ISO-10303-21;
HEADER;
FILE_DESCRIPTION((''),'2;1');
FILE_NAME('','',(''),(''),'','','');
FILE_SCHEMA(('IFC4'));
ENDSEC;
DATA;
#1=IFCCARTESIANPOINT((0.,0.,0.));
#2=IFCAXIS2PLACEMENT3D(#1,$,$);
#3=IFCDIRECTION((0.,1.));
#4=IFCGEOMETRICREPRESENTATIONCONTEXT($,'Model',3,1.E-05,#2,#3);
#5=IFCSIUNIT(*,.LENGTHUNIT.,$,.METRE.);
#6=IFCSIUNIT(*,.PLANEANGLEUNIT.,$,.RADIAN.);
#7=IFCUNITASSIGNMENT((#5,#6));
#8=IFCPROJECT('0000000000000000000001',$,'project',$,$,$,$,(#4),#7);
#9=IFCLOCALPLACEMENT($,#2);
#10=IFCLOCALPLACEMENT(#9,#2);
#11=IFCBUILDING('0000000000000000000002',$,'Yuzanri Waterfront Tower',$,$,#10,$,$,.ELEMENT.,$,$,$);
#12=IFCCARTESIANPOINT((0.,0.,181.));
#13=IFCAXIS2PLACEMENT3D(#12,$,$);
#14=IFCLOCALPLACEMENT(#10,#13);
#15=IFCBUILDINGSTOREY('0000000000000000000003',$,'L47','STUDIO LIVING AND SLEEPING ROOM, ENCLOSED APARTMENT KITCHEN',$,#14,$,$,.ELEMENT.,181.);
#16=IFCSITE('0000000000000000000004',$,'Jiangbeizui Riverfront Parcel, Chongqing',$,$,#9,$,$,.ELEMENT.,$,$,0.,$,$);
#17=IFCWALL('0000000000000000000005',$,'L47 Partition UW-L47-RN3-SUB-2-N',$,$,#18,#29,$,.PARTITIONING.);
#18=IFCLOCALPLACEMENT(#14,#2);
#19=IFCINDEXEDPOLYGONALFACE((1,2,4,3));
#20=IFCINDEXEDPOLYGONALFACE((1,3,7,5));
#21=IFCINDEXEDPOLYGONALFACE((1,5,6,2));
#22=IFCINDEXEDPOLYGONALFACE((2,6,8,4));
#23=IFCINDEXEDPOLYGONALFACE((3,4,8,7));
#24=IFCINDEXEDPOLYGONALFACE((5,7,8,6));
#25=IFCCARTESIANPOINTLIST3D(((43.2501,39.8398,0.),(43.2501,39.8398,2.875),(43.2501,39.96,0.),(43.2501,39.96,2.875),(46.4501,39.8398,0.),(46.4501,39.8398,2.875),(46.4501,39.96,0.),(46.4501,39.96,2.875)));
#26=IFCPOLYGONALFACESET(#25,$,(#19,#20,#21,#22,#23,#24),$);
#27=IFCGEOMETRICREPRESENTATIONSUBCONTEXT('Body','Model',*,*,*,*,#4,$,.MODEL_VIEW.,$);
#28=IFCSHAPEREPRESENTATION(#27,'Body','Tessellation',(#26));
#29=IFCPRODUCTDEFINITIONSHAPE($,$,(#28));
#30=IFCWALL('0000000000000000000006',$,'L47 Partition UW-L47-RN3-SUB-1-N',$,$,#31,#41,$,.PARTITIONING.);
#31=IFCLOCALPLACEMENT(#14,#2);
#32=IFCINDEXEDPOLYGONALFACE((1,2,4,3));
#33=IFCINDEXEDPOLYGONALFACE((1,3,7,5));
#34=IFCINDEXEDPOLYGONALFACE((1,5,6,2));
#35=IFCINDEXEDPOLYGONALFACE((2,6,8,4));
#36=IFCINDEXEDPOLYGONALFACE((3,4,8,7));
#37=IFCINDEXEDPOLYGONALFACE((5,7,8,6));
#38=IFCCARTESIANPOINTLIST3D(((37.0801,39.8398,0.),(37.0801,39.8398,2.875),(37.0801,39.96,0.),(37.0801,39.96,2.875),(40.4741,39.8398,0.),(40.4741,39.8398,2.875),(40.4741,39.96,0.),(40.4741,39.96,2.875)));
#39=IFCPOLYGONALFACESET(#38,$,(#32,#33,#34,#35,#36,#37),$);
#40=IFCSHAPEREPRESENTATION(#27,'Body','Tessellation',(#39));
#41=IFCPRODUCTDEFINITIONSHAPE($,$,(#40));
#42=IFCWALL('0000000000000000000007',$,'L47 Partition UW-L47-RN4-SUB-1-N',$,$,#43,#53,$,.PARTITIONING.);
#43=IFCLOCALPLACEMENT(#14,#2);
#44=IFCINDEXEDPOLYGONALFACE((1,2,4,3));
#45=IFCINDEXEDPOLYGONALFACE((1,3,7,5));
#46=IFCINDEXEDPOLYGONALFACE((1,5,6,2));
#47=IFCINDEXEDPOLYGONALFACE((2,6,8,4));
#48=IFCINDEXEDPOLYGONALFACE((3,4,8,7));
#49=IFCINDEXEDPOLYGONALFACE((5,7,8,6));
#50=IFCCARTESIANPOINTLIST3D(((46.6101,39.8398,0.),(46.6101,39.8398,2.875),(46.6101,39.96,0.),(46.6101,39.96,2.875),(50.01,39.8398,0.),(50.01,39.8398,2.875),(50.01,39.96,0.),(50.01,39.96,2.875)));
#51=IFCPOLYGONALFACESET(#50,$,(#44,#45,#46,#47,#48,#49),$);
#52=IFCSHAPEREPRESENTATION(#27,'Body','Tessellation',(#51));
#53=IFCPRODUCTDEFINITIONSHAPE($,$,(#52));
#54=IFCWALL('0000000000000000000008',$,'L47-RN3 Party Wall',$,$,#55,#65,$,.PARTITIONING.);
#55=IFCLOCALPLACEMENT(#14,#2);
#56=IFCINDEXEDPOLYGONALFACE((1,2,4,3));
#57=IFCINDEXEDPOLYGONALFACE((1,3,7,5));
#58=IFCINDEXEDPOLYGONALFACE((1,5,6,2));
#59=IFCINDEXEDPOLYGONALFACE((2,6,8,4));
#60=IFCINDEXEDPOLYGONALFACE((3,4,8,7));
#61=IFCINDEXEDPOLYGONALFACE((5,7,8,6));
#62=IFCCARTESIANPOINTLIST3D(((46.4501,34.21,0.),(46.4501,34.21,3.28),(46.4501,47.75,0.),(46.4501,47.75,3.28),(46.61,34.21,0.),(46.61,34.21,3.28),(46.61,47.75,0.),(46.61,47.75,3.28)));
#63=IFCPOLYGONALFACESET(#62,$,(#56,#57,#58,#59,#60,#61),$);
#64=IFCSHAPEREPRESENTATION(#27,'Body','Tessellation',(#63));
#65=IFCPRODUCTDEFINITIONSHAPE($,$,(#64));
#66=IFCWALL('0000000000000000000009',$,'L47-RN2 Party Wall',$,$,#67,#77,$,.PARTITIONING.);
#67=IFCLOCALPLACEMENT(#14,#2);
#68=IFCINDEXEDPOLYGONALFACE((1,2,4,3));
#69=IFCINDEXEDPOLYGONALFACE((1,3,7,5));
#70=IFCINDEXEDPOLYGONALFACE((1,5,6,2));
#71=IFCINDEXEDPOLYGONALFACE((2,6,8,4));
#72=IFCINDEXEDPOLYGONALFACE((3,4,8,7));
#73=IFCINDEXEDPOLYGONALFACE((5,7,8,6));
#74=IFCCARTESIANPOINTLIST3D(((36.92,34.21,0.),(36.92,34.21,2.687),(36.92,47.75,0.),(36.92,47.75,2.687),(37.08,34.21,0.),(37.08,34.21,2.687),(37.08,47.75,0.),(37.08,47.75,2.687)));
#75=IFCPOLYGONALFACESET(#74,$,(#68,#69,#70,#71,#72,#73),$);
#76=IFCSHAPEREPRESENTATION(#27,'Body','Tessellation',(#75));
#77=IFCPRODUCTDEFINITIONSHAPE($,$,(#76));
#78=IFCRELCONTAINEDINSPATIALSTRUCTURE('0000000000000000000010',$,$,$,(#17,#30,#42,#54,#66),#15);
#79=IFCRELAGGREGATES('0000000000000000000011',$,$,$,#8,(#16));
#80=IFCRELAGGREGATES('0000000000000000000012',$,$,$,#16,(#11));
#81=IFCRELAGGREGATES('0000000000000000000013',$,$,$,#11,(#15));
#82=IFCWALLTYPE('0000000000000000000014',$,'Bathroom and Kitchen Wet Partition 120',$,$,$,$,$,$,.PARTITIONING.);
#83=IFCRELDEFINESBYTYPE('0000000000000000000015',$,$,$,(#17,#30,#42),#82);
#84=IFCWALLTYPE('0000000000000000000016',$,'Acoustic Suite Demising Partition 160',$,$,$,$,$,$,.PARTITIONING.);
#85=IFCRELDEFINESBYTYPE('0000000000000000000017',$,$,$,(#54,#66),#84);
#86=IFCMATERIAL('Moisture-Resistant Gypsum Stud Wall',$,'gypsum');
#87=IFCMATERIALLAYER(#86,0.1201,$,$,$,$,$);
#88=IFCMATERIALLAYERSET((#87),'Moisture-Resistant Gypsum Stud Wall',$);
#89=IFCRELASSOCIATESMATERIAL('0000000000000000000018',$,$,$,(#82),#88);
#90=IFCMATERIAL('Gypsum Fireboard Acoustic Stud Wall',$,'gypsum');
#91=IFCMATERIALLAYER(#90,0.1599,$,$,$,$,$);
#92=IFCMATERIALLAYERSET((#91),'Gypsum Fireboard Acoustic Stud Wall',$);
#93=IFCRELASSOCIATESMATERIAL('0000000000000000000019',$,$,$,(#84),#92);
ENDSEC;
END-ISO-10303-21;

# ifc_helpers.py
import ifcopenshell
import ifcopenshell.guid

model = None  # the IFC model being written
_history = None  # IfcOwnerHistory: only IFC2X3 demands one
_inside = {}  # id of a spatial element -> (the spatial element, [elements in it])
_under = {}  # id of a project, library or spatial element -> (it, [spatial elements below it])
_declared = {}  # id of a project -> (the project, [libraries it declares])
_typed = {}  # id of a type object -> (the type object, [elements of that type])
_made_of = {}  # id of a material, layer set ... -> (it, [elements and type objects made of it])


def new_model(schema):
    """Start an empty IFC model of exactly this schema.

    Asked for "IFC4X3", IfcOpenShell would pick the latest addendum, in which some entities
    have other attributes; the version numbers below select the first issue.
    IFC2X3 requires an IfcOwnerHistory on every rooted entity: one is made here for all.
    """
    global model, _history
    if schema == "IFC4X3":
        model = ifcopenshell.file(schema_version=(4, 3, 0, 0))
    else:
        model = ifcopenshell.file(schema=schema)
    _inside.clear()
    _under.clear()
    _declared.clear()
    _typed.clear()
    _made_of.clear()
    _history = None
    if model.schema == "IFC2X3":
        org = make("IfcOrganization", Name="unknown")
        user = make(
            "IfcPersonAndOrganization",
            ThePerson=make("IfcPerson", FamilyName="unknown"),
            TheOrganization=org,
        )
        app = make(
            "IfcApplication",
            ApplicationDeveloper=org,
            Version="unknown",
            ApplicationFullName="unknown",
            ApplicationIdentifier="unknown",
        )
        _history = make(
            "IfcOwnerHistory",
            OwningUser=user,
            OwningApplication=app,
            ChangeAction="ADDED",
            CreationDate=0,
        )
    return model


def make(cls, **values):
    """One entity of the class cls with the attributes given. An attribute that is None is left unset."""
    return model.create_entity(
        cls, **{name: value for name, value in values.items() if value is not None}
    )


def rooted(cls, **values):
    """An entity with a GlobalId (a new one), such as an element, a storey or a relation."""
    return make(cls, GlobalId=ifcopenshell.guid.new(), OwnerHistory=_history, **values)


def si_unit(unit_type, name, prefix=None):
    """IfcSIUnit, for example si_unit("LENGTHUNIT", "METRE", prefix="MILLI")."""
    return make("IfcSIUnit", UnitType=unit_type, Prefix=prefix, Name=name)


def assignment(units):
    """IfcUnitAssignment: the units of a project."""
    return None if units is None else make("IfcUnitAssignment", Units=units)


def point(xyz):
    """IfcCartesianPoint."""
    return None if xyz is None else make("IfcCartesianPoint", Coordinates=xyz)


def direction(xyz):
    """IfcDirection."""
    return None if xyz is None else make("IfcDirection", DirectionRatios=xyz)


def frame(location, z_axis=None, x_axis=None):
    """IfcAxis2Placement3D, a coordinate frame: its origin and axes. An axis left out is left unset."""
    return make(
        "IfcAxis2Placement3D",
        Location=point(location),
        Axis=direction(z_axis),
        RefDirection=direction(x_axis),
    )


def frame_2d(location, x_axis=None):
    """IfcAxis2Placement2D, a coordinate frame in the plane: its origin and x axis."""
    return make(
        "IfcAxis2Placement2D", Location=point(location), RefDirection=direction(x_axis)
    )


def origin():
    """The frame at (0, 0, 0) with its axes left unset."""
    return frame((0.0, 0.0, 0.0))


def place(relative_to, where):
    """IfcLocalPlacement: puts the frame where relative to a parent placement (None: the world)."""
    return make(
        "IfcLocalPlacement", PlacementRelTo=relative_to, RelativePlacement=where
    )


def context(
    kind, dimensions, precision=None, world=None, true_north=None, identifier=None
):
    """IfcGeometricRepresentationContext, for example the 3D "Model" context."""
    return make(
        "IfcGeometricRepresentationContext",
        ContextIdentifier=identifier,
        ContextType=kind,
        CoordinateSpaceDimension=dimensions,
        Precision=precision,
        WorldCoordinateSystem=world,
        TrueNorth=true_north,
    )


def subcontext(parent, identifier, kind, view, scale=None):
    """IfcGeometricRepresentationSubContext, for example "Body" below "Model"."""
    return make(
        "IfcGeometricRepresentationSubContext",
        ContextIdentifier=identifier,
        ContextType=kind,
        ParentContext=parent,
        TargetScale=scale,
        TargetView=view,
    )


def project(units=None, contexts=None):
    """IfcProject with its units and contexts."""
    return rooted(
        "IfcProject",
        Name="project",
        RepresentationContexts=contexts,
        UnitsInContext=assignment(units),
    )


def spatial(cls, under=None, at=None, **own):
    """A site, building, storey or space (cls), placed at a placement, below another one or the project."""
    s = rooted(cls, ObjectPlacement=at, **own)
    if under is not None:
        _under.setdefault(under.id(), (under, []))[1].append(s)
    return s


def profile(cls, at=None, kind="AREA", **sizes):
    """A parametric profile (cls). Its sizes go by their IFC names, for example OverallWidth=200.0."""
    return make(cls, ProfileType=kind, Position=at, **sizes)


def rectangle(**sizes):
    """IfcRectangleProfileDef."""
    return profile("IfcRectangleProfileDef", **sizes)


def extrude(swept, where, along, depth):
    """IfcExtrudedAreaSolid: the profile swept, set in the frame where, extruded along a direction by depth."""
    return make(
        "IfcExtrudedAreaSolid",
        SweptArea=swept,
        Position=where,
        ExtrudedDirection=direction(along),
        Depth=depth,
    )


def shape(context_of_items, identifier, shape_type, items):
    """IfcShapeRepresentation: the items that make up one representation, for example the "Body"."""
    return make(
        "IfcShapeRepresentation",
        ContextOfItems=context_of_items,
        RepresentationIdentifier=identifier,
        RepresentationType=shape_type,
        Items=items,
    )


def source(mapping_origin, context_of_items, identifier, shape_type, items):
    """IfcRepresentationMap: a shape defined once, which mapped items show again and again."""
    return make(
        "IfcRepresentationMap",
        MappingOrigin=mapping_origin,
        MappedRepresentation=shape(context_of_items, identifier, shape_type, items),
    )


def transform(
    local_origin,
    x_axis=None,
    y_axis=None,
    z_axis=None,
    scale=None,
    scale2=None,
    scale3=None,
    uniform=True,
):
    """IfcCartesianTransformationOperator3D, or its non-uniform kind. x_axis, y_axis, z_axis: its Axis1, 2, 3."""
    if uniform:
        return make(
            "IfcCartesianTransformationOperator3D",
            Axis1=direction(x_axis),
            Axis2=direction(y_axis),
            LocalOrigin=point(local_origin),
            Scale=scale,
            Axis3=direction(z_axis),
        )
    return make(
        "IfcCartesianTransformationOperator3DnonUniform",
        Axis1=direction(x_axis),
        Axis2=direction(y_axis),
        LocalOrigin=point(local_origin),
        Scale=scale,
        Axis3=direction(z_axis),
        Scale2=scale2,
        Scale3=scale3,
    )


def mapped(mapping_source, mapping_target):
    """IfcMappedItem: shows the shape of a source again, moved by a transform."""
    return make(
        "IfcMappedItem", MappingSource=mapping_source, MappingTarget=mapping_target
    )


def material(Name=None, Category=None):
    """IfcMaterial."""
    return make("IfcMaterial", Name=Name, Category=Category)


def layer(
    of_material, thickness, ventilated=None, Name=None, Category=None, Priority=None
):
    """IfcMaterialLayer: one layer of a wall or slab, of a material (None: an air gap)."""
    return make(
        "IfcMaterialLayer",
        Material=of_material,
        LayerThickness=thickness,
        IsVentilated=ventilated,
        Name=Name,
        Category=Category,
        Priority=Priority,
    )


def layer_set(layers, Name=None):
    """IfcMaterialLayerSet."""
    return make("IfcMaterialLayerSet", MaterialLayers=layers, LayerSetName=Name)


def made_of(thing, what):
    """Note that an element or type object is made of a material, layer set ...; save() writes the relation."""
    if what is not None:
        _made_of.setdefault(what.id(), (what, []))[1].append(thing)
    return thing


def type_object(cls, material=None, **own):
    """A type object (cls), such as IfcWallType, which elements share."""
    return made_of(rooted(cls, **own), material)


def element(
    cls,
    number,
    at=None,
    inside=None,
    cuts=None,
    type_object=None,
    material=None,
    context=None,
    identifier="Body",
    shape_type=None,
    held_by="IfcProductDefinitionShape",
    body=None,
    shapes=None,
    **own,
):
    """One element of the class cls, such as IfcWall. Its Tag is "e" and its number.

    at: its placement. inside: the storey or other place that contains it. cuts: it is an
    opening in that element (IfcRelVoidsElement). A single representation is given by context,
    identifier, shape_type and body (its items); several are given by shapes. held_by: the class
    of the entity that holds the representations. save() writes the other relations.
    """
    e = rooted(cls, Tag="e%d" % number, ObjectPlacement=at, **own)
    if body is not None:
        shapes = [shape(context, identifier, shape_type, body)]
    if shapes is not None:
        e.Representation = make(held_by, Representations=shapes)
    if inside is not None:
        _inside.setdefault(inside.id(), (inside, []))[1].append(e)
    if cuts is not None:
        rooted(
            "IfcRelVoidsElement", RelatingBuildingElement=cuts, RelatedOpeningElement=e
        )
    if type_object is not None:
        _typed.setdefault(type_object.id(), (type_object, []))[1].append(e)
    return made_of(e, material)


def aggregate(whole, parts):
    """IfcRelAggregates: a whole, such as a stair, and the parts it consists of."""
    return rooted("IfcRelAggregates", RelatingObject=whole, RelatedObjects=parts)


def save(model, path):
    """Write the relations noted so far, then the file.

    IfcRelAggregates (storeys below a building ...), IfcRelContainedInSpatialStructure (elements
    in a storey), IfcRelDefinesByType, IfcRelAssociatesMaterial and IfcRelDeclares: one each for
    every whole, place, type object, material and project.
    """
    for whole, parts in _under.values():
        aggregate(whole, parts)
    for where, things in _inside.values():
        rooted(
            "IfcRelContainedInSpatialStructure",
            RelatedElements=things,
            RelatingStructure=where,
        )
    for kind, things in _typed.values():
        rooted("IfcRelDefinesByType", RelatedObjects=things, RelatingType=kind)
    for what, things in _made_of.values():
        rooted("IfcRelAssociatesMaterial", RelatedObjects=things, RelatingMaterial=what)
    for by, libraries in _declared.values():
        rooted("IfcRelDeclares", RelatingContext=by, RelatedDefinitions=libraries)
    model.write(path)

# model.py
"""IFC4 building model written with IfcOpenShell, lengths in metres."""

from ifc_helpers import new_model, si_unit, direction, frame, frame_2d, origin, place, context, subcontext, project, spatial, rectangle, extrude, source, transform, mapped, material, layer, layer_set, type_object, element, save


model = new_model("IFC4")

# Units and contexts
model_context = context("Model", 3, precision=1e-05, world=origin(), true_north=direction((0.0, 1.0)))
body_context = subcontext(model_context, "Body", "Model", "MODEL_VIEW")
ifc_project = project(units=[si_unit("LENGTHUNIT", "METRE"), si_unit("PLANEANGLEUNIT", "RADIAN")], contexts=[model_context])

# Site, building, storey
site_placement = place(None, origin())
site = spatial("IfcSite", under=ifc_project, at=site_placement, Name="Jiangbeizui Riverfront Parcel, Chongqing", CompositionType="ELEMENT", RefElevation=0.0)
building_placement = place(site_placement, origin())
building = spatial("IfcBuilding", under=site, at=building_placement, Name="Yuzanri Waterfront Tower", CompositionType="ELEMENT")
storey_placement = place(building_placement, frame((0.0, 0.0, 181.0)))
storey = spatial("IfcBuildingStorey", under=building, at=storey_placement, Name="L47", Description="STUDIO LIVING AND SLEEPING ROOM, ENCLOSED APARTMENT KITCHEN", CompositionType="ELEMENT", Elevation=181.0)

# Shared definitions
ifc_material_1 = material(Name="Moisture-Resistant Gypsum Stud Wall", Category="gypsum")
ifc_layer_1 = layer(ifc_material_1, 0.1201)
ifc_layer_set_1 = layer_set([ifc_layer_1], Name="Moisture-Resistant Gypsum Stud Wall")
wall_type_1 = type_object("IfcWallType", Name="Bathroom and Kitchen Wet Partition 120", PredefinedType="PARTITIONING", material=ifc_layer_set_1)

# Walls
shared_shape_1 = source(origin(), body_context, "Body", "SweptSolid", [
    extrude(rectangle(XDim=3.2, YDim=0.1201, at=frame_2d((1.6001, 0.0))), origin(), (0.0, 0.0, 1.0), 2.875),
])
wall_1_placement = place(storey_placement, frame((43.25, 39.8999, 0.0), z_axis=(0.0, 0.0, 1.0), x_axis=(1.0, 0.0, 0.0)))
element("IfcWall", 1, at=wall_1_placement, inside=storey, type_object=wall_type_1, Name="L47 Partition UW-L47-RN3-SUB-2-N", PredefinedType="PARTITIONING", context=body_context, shape_type="MappedRepresentation", body=[
    mapped(shared_shape_1, transform((0.0, 0.0, 0.0), scale=1.0)),
])
shared_shape_2 = source(origin(), body_context, "Body", "SweptSolid", [
    extrude(rectangle(XDim=3.394, YDim=0.1201, at=frame_2d((1.697, 0.0))), origin(), (0.0, 0.0, 1.0), 2.875),
])
wall_2_placement = place(storey_placement, frame((37.0801, 39.8999, 0.0), z_axis=(0.0, 0.0, 1.0), x_axis=(1.0, 0.0, 0.0)))
element("IfcWall", 2, at=wall_2_placement, inside=storey, type_object=wall_type_1, Name="L47 Partition UW-L47-RN3-SUB-1-N", PredefinedType="PARTITIONING", context=body_context, shape_type="MappedRepresentation", body=[
    mapped(shared_shape_2, transform((0.0, 0.0, 0.0), scale=1.0)),
])
shared_shape_3 = source(origin(), body_context, "Body", "SweptSolid", [
    extrude(rectangle(XDim=3.3999, YDim=0.1201, at=frame_2d((1.7, 0.0))), origin(), (0.0, 0.0, 1.0), 2.875),
])
wall_3_placement = place(storey_placement, frame((46.6101, 39.8999, 0.0), z_axis=(0.0, 0.0, 1.0), x_axis=(1.0, 0.0, 0.0)))
element("IfcWall", 3, at=wall_3_placement, inside=storey, type_object=wall_type_1, Name="L47 Partition UW-L47-RN4-SUB-1-N", PredefinedType="PARTITIONING", context=body_context, shape_type="MappedRepresentation", body=[
    mapped(shared_shape_3, transform((0.0, 0.0, 0.0), scale=1.0)),
])
ifc_material_2 = material(Name="Gypsum Fireboard Acoustic Stud Wall", Category="gypsum")
ifc_layer_2 = layer(ifc_material_2, 0.1599)
ifc_layer_set_2 = layer_set([ifc_layer_2], Name="Gypsum Fireboard Acoustic Stud Wall")
wall_type_2 = type_object("IfcWallType", Name="Acoustic Suite Demising Partition 160", PredefinedType="PARTITIONING", material=ifc_layer_set_2)
shared_shape_4 = source(origin(), body_context, "Body", "SweptSolid", [
    extrude(rectangle(XDim=13.54, YDim=0.1599, at=frame_2d((6.77, 0.0))), origin(), (0.0, 0.0, 1.0), 3.28),
])
wall_4_placement = place(storey_placement, frame((46.53, 34.21, 0.0), z_axis=(0.0, 0.0, 1.0), x_axis=(0.0, 1.0, 0.0)))
element("IfcWall", 4, at=wall_4_placement, inside=storey, type_object=wall_type_2, Name="L47-RN3 Party Wall", PredefinedType="PARTITIONING", context=body_context, shape_type="MappedRepresentation", body=[
    mapped(shared_shape_4, transform((0.0, 0.0, 0.0), scale=1.0)),
])
shared_shape_5 = source(origin(), body_context, "Body", "SweptSolid", [
    extrude(rectangle(XDim=13.54, YDim=0.1599, at=frame_2d((6.77, 0.0))), origin(), (0.0, 0.0, 1.0), 2.687),
])
wall_5_placement = place(storey_placement, frame((37.0, 34.21, 0.0), z_axis=(0.0, 0.0, 1.0), x_axis=(0.0, 1.0, 0.0)))
element("IfcWall", 5, at=wall_5_placement, inside=storey, type_object=wall_type_2, Name="L47-RN2 Party Wall", PredefinedType="PARTITIONING", context=body_context, shape_type="MappedRepresentation", body=[
    mapped(shared_shape_5, transform((0.0, 0.0, 0.0), scale=1.0)),
])

save(model, "model.ifc")
